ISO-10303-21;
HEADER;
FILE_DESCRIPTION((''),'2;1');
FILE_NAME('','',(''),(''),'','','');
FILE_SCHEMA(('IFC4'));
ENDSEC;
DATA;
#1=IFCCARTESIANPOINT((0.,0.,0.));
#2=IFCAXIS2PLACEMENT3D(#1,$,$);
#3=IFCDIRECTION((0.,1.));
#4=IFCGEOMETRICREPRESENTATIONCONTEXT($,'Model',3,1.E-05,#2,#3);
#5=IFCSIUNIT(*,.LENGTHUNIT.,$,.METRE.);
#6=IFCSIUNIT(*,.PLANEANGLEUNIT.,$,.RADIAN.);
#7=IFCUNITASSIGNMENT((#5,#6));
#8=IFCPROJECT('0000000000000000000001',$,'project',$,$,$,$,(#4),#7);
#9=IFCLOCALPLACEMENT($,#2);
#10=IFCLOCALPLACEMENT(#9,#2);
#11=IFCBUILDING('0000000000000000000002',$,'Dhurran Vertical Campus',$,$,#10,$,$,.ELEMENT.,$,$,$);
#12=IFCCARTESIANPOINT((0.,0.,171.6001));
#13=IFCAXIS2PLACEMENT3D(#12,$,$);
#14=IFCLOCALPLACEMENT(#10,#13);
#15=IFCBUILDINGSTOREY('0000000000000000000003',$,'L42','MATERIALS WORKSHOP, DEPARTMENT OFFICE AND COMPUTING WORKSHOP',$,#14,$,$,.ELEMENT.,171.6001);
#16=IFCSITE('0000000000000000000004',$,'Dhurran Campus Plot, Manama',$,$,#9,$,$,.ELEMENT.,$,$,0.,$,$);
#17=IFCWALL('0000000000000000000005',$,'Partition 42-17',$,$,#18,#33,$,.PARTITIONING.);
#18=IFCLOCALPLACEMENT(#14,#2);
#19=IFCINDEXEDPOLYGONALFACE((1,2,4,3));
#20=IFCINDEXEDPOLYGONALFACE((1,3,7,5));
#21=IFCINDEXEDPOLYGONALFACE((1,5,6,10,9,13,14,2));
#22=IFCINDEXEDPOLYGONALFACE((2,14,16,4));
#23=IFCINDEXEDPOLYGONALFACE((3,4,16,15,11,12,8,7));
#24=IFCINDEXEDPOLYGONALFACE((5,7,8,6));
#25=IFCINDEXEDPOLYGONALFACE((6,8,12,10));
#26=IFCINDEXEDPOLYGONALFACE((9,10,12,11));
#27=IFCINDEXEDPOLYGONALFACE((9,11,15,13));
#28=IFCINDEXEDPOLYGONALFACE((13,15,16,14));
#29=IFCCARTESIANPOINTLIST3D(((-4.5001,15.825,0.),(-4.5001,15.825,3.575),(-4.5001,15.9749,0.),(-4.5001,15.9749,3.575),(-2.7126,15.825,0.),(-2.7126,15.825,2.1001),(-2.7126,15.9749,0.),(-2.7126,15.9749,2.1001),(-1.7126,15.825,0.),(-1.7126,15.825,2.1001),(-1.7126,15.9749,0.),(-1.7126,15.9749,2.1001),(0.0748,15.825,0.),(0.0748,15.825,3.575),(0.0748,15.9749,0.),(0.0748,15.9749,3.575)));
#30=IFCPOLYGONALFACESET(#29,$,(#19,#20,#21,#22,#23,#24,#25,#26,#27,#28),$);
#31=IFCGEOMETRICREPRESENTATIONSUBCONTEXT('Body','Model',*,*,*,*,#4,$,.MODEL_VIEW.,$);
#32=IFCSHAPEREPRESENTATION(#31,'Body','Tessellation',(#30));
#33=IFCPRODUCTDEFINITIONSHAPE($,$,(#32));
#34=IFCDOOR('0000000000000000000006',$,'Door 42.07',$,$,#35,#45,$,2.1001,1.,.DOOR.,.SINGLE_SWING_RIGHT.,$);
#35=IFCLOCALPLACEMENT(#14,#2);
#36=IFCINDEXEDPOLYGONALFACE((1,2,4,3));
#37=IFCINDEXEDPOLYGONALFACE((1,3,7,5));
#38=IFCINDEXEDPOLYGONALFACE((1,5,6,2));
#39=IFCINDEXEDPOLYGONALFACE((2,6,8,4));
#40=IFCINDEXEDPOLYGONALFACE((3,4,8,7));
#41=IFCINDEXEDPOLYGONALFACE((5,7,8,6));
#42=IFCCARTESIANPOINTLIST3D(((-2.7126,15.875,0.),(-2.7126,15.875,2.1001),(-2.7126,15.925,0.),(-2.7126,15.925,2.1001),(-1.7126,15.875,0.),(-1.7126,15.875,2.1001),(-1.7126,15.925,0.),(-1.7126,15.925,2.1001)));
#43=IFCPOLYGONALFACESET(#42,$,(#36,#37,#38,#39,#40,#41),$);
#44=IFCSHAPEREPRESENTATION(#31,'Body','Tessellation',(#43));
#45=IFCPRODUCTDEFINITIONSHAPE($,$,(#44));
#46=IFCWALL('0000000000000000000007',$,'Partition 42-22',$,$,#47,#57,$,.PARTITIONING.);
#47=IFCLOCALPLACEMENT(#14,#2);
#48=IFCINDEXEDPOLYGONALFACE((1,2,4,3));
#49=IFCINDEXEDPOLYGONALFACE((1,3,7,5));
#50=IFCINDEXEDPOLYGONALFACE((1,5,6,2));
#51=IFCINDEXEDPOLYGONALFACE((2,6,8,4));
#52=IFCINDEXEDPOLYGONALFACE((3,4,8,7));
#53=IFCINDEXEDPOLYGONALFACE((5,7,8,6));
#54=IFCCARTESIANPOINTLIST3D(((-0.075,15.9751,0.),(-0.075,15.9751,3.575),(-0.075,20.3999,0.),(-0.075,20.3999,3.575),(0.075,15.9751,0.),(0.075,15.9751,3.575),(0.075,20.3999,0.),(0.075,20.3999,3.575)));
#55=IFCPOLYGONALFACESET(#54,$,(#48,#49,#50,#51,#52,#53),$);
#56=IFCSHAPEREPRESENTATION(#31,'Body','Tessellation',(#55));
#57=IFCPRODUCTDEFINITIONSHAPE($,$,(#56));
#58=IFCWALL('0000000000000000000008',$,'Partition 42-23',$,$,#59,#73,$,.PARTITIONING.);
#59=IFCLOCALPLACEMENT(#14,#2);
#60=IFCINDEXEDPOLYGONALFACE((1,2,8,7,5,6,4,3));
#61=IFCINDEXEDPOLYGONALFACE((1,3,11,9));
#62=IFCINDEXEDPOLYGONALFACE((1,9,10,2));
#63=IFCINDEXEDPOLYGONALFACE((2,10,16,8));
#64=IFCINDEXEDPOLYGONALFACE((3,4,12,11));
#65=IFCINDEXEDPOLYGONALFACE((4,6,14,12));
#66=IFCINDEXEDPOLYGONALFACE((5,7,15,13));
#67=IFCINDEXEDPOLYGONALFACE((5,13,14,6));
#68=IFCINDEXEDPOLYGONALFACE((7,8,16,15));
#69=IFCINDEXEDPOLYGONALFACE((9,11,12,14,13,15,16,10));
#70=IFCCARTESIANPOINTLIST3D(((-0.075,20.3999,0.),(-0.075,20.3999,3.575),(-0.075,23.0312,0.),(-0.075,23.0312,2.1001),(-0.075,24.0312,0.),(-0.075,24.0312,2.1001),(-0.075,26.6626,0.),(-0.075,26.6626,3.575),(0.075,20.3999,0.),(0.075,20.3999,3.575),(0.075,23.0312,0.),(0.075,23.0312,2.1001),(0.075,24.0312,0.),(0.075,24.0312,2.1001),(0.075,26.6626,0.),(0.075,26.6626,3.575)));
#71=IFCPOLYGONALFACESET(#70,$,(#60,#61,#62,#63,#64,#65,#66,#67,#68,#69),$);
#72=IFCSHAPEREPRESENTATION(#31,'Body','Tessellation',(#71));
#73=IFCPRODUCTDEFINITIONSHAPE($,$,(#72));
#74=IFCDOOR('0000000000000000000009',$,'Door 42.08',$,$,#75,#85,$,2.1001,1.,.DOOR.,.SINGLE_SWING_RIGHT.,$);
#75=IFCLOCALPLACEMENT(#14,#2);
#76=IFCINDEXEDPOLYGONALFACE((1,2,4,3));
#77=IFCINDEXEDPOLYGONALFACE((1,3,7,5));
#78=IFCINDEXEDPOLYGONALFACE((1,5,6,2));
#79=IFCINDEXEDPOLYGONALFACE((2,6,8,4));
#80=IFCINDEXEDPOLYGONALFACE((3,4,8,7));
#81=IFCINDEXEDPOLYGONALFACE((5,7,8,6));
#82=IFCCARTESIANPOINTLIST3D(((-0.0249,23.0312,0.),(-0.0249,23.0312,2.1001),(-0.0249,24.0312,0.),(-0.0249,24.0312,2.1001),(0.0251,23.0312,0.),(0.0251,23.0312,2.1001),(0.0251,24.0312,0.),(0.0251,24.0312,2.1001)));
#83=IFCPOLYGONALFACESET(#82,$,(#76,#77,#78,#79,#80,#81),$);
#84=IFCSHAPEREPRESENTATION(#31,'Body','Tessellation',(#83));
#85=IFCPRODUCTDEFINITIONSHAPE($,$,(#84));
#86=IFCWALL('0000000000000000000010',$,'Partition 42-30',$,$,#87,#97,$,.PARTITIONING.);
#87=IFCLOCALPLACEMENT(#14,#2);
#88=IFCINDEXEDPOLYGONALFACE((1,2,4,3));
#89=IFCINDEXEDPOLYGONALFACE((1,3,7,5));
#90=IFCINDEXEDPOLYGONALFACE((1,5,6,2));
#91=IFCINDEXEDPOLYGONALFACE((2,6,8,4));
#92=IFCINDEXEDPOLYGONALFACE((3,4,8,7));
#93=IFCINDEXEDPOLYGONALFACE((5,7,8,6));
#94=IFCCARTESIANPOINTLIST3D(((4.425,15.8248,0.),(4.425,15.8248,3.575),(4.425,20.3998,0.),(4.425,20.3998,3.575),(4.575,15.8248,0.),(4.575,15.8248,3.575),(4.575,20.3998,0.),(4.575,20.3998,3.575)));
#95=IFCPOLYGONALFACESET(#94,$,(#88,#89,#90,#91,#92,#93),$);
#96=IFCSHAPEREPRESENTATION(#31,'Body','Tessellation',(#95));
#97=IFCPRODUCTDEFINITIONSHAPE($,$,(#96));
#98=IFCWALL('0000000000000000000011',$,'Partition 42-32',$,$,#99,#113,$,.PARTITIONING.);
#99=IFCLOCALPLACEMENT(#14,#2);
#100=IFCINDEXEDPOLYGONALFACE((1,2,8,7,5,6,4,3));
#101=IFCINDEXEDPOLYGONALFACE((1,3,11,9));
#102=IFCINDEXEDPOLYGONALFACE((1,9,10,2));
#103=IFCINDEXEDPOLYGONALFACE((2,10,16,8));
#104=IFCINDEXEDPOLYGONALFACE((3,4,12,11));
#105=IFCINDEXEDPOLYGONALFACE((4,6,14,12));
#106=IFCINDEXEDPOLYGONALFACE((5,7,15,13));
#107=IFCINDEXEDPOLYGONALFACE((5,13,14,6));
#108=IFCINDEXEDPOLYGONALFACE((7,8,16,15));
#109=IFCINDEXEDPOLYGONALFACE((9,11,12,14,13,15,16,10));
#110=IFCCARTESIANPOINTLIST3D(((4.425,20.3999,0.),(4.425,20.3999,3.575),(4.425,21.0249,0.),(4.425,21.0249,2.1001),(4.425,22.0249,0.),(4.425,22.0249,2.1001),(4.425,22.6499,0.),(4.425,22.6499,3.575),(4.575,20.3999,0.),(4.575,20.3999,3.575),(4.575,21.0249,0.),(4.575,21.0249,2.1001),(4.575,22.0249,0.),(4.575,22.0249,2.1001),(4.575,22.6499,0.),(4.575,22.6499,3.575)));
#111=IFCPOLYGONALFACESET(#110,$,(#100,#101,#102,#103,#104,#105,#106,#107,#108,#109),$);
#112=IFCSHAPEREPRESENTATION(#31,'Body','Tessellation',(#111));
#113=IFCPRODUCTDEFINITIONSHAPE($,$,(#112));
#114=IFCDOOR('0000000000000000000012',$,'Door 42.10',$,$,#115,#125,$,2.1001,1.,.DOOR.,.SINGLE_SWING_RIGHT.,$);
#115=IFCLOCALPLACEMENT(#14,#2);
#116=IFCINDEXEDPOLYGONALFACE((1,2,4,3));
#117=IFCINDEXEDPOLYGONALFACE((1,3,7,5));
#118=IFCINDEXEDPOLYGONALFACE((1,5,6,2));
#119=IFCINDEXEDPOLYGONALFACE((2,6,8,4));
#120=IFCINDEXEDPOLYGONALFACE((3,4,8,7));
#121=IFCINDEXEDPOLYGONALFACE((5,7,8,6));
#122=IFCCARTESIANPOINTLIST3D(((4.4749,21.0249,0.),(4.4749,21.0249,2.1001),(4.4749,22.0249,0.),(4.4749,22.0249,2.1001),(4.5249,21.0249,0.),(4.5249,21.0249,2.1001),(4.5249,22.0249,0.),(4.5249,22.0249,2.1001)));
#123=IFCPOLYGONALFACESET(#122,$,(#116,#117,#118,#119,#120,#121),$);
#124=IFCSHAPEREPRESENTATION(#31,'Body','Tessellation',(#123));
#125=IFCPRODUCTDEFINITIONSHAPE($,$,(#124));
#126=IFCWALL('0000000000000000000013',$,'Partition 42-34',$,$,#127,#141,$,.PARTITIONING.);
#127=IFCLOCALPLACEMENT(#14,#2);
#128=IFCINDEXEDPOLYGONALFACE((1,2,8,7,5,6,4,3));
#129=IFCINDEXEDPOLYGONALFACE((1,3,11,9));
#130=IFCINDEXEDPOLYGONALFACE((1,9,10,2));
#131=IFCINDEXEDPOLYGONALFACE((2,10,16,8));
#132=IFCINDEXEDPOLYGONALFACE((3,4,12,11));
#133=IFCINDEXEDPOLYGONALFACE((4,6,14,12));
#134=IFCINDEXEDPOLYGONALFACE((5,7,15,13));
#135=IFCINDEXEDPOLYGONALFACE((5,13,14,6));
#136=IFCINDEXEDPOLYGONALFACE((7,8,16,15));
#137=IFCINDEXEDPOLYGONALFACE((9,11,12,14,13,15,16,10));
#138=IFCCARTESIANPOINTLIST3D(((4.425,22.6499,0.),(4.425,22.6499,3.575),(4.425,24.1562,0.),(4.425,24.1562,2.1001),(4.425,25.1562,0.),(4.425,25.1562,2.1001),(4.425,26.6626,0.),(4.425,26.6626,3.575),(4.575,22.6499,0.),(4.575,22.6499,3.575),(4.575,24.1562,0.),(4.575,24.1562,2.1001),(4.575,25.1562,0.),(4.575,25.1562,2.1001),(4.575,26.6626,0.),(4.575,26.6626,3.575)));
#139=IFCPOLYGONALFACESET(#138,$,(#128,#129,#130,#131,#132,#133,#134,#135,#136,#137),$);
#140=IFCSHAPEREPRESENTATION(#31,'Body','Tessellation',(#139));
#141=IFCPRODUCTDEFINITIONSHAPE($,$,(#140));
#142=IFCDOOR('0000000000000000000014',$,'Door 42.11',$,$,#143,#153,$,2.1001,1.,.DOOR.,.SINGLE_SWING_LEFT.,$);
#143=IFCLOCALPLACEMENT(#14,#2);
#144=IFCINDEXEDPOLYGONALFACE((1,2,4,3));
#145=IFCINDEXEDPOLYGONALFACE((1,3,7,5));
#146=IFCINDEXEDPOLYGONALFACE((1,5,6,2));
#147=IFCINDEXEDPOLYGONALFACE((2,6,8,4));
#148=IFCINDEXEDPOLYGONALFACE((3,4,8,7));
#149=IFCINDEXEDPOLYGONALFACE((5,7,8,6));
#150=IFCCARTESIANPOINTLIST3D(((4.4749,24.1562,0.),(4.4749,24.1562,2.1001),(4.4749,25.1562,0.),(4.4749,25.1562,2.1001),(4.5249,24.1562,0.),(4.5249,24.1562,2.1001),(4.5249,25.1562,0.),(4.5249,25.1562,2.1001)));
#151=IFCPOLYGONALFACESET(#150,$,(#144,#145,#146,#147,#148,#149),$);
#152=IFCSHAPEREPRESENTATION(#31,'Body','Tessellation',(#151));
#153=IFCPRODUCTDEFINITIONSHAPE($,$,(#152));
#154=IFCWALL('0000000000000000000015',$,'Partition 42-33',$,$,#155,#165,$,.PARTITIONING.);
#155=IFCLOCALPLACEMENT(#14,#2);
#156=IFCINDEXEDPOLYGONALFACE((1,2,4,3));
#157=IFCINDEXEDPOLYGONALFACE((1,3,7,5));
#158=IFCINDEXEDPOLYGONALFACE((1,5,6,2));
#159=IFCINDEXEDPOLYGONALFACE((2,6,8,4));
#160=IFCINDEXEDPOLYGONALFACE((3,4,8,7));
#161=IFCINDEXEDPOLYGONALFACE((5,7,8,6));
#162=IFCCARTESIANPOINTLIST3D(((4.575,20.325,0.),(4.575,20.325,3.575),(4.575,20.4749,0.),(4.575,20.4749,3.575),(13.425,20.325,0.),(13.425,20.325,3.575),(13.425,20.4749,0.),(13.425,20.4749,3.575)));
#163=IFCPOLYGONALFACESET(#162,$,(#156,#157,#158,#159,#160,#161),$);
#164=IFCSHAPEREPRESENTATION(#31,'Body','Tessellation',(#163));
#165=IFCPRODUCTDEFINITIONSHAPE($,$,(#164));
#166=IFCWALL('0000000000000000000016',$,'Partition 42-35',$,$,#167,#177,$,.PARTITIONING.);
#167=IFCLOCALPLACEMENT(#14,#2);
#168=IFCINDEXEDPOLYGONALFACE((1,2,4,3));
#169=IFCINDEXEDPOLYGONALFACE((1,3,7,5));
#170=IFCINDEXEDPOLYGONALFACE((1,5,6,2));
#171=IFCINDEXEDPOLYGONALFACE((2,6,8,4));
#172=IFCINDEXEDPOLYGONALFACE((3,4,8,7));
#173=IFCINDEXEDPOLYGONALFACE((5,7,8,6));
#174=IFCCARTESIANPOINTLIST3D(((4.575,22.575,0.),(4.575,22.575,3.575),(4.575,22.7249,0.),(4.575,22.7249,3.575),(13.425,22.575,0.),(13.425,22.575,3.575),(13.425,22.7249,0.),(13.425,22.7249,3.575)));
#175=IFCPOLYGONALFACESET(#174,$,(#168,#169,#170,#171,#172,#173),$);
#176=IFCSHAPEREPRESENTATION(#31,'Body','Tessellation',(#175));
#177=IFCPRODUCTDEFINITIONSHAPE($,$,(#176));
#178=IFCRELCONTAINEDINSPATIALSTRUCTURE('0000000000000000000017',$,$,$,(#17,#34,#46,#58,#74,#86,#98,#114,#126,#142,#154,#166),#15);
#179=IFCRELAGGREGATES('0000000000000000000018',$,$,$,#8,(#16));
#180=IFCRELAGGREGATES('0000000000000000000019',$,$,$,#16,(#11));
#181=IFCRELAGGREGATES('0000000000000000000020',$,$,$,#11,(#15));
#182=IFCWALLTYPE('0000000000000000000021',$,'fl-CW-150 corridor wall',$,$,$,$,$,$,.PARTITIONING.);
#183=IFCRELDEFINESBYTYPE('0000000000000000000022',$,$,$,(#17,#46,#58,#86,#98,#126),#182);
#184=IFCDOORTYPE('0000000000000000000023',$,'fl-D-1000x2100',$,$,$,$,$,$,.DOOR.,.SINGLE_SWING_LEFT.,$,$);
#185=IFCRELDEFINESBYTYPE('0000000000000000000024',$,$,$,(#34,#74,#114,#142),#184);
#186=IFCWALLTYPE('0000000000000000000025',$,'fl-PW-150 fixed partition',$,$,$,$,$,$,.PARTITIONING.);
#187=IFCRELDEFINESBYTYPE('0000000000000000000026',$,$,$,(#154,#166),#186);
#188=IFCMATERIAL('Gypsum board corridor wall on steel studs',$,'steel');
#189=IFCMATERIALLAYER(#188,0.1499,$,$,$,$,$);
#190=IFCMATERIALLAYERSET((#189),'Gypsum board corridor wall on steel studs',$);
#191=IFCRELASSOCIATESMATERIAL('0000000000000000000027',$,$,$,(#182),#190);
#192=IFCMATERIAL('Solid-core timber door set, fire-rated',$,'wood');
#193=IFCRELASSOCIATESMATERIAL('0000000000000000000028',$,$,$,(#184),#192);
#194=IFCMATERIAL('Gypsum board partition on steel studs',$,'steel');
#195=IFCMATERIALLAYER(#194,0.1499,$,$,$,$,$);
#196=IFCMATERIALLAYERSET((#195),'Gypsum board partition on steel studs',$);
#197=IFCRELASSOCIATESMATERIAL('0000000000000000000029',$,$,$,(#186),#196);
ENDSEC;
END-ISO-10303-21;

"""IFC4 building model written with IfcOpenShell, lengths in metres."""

from ifc_helpers import new_model, si_unit, direction, frame, frame_2d, origin, place, context, subcontext, project, spatial, rectangle, extrude, material, layer, layer_set, type_object, element, fill, save


model = new_model("IFC4")

# Units and contexts
model_context = context("Model", 3, precision=1e-05, world=origin(), true_north=direction((0.0, 1.0)))
body_context = subcontext(model_context, "Body", "Model", "MODEL_VIEW")
ifc_project = project(units=[si_unit("LENGTHUNIT", "METRE"), si_unit("PLANEANGLEUNIT", "RADIAN")], contexts=[model_context])

# Site, building, storey
site_placement = place(None, origin())
site = spatial("IfcSite", under=ifc_project, at=site_placement, Name="Dhurran Campus Plot, Manama", CompositionType="ELEMENT", RefElevation=0.0)
building_placement = place(site_placement, origin())
building = spatial("IfcBuilding", under=site, at=building_placement, Name="Dhurran Vertical Campus", CompositionType="ELEMENT")
storey_placement = place(building_placement, frame((0.0, 0.0, 171.6001)))
storey = spatial("IfcBuildingStorey", under=building, at=storey_placement, Name="L42", Description="MATERIALS WORKSHOP, DEPARTMENT OFFICE AND COMPUTING WORKSHOP", CompositionType="ELEMENT", Elevation=171.6001)

# Wall, opening, door
ifc_material_1 = material(Name="Gypsum board corridor wall on steel studs", Category="steel")
ifc_layer_1 = layer(ifc_material_1, 0.1499)
ifc_layer_set_1 = layer_set([ifc_layer_1], Name="Gypsum board corridor wall on steel studs")
wall_type_1 = type_object("IfcWallType", Name="fl-CW-150 corridor wall", PredefinedType="PARTITIONING", material=ifc_layer_set_1)
wall_1_placement = place(storey_placement, frame((0.075, 15.8999, 0.0), z_axis=(0.0, 0.0, 1.0), x_axis=(-1.0, 0.0, 0.0)))
wall_1 = element("IfcWall", 1, at=wall_1_placement, inside=storey, type_object=wall_type_1, Name="Partition 42-17", PredefinedType="PARTITIONING", context=body_context, shape_type="SweptSolid", body=[
    extrude(rectangle(XDim=4.575, YDim=0.1499, at=frame_2d((2.2876, 0.0))), origin(), (0.0, 0.0, 1.0), 3.575),
])
opening_1_placement = place(wall_1_placement, frame((1.7876, 0.0, 0.0)))
opening_1 = element("IfcOpeningElement", 2, at=opening_1_placement, cuts=wall_1, PredefinedType="OPENING", context=body_context, shape_type="SweptSolid", body=[
    extrude(rectangle(XDim=1.0, YDim=2.1001, at=frame_2d((0.5, 1.05))), frame((0.0, 0.085, 0.0), z_axis=(0.0, -1.0, 0.0), x_axis=(1.0, 0.0, 0.0)), (0.0, 0.0, 1.0), 0.1699),
])
ifc_material_2 = material(Name="Solid-core timber door set, fire-rated", Category="wood")
door_type_1 = type_object("IfcDoorType", Name="fl-D-1000x2100", OperationType="SINGLE_SWING_LEFT", PredefinedType="DOOR", material=ifc_material_2)
door_1_placement = place(opening_1_placement, origin())
door_1 = element("IfcDoor", 3, at=door_1_placement, inside=storey, type_object=door_type_1, Name="Door 42.07", OperationType="SINGLE_SWING_RIGHT", OverallHeight=2.1001, OverallWidth=1.0, PredefinedType="DOOR", context=body_context, shape_type="SweptSolid", body=[
    extrude(rectangle(XDim=1.0, YDim=2.1001, at=frame_2d((0.5, 1.05))), frame((0.0, 0.0249, 0.0), z_axis=(0.0, -1.0, 0.0), x_axis=(1.0, 0.0, 0.0)), (0.0, 0.0, 1.0), 0.05),
])
fill(opening_1, door_1)

# Wall
wall_2_placement = place(storey_placement, frame((0.0, 15.9751, 0.0), z_axis=(0.0, 0.0, 1.0), x_axis=(0.0, 1.0, 0.0)))
element("IfcWall", 4, at=wall_2_placement, inside=storey, type_object=wall_type_1, Name="Partition 42-22", PredefinedType="PARTITIONING", context=body_context, shape_type="SweptSolid", body=[
    extrude(rectangle(XDim=4.4248, YDim=0.1499, at=frame_2d((2.2124, 0.0))), origin(), (0.0, 0.0, 1.0), 3.575),
])

# Wall, opening, door
wall_3_placement = place(storey_placement, frame((0.0, 20.3999, 0.0), z_axis=(0.0, 0.0, 1.0), x_axis=(0.0, 1.0, 0.0)))
wall_3 = element("IfcWall", 5, at=wall_3_placement, inside=storey, type_object=wall_type_1, Name="Partition 42-23", PredefinedType="PARTITIONING", context=body_context, shape_type="SweptSolid", body=[
    extrude(rectangle(XDim=6.2627, YDim=0.1499, at=frame_2d((3.1313, 0.0))), origin(), (0.0, 0.0, 1.0), 3.575),
])
opening_2_placement = place(wall_3_placement, frame((2.6313, 0.0, 0.0)))
opening_2 = element("IfcOpeningElement", 6, at=opening_2_placement, cuts=wall_3, PredefinedType="OPENING", context=body_context, shape_type="SweptSolid", body=[
    extrude(rectangle(XDim=1.0, YDim=2.1001, at=frame_2d((0.5, 1.05))), frame((0.0, 0.085, 0.0), z_axis=(0.0, -1.0, 0.0), x_axis=(1.0, 0.0, 0.0)), (0.0, 0.0, 1.0), 0.1699),
])
door_2_placement = place(opening_2_placement, origin())
door_2 = element("IfcDoor", 7, at=door_2_placement, inside=storey, type_object=door_type_1, Name="Door 42.08", OperationType="SINGLE_SWING_RIGHT", OverallHeight=2.1001, OverallWidth=1.0, PredefinedType="DOOR", context=body_context, shape_type="SweptSolid", body=[
    extrude(rectangle(XDim=1.0, YDim=2.1001, at=frame_2d((0.5, 1.05))), frame((0.0, 0.0249, 0.0), z_axis=(0.0, -1.0, 0.0), x_axis=(1.0, 0.0, 0.0)), (0.0, 0.0, 1.0), 0.05),
])
fill(opening_2, door_2)

# Wall
wall_4_placement = place(storey_placement, frame((4.5, 20.3999, 0.0), z_axis=(0.0, 0.0, 1.0), x_axis=(0.0, -1.0, 0.0)))
element("IfcWall", 8, at=wall_4_placement, inside=storey, type_object=wall_type_1, Name="Partition 42-30", PredefinedType="PARTITIONING", context=body_context, shape_type="SweptSolid", body=[
    extrude(rectangle(XDim=4.575, YDim=0.1499, at=frame_2d((2.2876, 0.0))), origin(), (0.0, 0.0, 1.0), 3.575),
])

# Walls, openings, doors
wall_5_placement = place(storey_placement, frame((4.5, 22.6499, 0.0), z_axis=(0.0, 0.0, 1.0), x_axis=(0.0, -1.0, 0.0)))
wall_5 = element("IfcWall", 9, at=wall_5_placement, inside=storey, type_object=wall_type_1, Name="Partition 42-32", PredefinedType="PARTITIONING", context=body_context, shape_type="SweptSolid", body=[
    extrude(rectangle(XDim=2.25, YDim=0.1499, at=frame_2d((1.125, 0.0))), origin(), (0.0, 0.0, 1.0), 3.575),
])
opening_3_placement = place(wall_5_placement, frame((0.625, 0.0, 0.0)))
opening_3 = element("IfcOpeningElement", 10, at=opening_3_placement, cuts=wall_5, PredefinedType="OPENING", context=body_context, shape_type="SweptSolid", body=[
    extrude(rectangle(XDim=1.0, YDim=2.1001, at=frame_2d((0.5, 1.05))), frame((0.0, 0.085, 0.0), z_axis=(0.0, -1.0, 0.0), x_axis=(1.0, 0.0, 0.0)), (0.0, 0.0, 1.0), 0.1699),
])
door_3_placement = place(opening_3_placement, origin())
door_3 = element("IfcDoor", 11, at=door_3_placement, inside=storey, type_object=door_type_1, Name="Door 42.10", OperationType="SINGLE_SWING_RIGHT", OverallHeight=2.1001, OverallWidth=1.0, PredefinedType="DOOR", context=body_context, shape_type="SweptSolid", body=[
    extrude(rectangle(XDim=1.0, YDim=2.1001, at=frame_2d((0.5, 1.05))), frame((0.0, 0.0249, 0.0), z_axis=(0.0, -1.0, 0.0), x_axis=(1.0, 0.0, 0.0)), (0.0, 0.0, 1.0), 0.05),
])
fill(opening_3, door_3)
wall_6_placement = place(storey_placement, frame((4.5, 26.6626, 0.0), z_axis=(0.0, 0.0, 1.0), x_axis=(0.0, -1.0, 0.0)))
wall_6 = element("IfcWall", 12, at=wall_6_placement, inside=storey, type_object=wall_type_1, Name="Partition 42-34", PredefinedType="PARTITIONING", context=body_context, shape_type="SweptSolid", body=[
    extrude(rectangle(XDim=4.0127, YDim=0.1499, at=frame_2d((2.0063, 0.0))), origin(), (0.0, 0.0, 1.0), 3.575),
])
opening_4_placement = place(wall_6_placement, frame((1.5063, 0.0, 0.0)))
opening_4 = element("IfcOpeningElement", 13, at=opening_4_placement, cuts=wall_6, PredefinedType="OPENING", context=body_context, shape_type="SweptSolid", body=[
    extrude(rectangle(XDim=1.0, YDim=2.1001, at=frame_2d((0.5, 1.05))), frame((0.0, 0.085, 0.0), z_axis=(0.0, -1.0, 0.0), x_axis=(1.0, 0.0, 0.0)), (0.0, 0.0, 1.0), 0.1699),
])
door_4_placement = place(opening_4_placement, origin())
door_4 = element("IfcDoor", 14, at=door_4_placement, inside=storey, type_object=door_type_1, Name="Door 42.11", OperationType="SINGLE_SWING_LEFT", OverallHeight=2.1001, OverallWidth=1.0, PredefinedType="DOOR", context=body_context, shape_type="SweptSolid", body=[
    extrude(rectangle(XDim=1.0, YDim=2.1001, at=frame_2d((0.5, 1.05))), frame((0.0, 0.0249, 0.0), z_axis=(0.0, -1.0, 0.0), x_axis=(1.0, 0.0, 0.0)), (0.0, 0.0, 1.0), 0.05),
])
fill(opening_4, door_4)

# Walls
ifc_material_3 = material(Name="Gypsum board partition on steel studs", Category="steel")
ifc_layer_2 = layer(ifc_material_3, 0.1499)
ifc_layer_set_2 = layer_set([ifc_layer_2], Name="Gypsum board partition on steel studs")
wall_type_2 = type_object("IfcWallType", Name="fl-PW-150 fixed partition", PredefinedType="PARTITIONING", material=ifc_layer_set_2)
for number, where, z_axis, x_axis, name in (
    (15, (4.575, 20.3999, 0.0), (0.0, 0.0, 1.0), (1.0, 0.0, 0.0), "Partition 42-33"),
    (16, (4.575, 22.6499, 0.0), (0.0, 0.0, 1.0), (1.0, 0.0, 0.0), "Partition 42-35"),
):
    element("IfcWall", number, at=place(storey_placement, frame(where, z_axis=z_axis, x_axis=x_axis)), inside=storey, type_object=wall_type_2, Name=name, PredefinedType="PARTITIONING", context=body_context, shape_type="SweptSolid", body=[
        extrude(rectangle(XDim=8.8501, YDim=0.1499, at=frame_2d((4.425, 0.0))), origin(), (0.0, 0.0, 1.0), 3.575),
    ])

save(model, "model.ifc")
